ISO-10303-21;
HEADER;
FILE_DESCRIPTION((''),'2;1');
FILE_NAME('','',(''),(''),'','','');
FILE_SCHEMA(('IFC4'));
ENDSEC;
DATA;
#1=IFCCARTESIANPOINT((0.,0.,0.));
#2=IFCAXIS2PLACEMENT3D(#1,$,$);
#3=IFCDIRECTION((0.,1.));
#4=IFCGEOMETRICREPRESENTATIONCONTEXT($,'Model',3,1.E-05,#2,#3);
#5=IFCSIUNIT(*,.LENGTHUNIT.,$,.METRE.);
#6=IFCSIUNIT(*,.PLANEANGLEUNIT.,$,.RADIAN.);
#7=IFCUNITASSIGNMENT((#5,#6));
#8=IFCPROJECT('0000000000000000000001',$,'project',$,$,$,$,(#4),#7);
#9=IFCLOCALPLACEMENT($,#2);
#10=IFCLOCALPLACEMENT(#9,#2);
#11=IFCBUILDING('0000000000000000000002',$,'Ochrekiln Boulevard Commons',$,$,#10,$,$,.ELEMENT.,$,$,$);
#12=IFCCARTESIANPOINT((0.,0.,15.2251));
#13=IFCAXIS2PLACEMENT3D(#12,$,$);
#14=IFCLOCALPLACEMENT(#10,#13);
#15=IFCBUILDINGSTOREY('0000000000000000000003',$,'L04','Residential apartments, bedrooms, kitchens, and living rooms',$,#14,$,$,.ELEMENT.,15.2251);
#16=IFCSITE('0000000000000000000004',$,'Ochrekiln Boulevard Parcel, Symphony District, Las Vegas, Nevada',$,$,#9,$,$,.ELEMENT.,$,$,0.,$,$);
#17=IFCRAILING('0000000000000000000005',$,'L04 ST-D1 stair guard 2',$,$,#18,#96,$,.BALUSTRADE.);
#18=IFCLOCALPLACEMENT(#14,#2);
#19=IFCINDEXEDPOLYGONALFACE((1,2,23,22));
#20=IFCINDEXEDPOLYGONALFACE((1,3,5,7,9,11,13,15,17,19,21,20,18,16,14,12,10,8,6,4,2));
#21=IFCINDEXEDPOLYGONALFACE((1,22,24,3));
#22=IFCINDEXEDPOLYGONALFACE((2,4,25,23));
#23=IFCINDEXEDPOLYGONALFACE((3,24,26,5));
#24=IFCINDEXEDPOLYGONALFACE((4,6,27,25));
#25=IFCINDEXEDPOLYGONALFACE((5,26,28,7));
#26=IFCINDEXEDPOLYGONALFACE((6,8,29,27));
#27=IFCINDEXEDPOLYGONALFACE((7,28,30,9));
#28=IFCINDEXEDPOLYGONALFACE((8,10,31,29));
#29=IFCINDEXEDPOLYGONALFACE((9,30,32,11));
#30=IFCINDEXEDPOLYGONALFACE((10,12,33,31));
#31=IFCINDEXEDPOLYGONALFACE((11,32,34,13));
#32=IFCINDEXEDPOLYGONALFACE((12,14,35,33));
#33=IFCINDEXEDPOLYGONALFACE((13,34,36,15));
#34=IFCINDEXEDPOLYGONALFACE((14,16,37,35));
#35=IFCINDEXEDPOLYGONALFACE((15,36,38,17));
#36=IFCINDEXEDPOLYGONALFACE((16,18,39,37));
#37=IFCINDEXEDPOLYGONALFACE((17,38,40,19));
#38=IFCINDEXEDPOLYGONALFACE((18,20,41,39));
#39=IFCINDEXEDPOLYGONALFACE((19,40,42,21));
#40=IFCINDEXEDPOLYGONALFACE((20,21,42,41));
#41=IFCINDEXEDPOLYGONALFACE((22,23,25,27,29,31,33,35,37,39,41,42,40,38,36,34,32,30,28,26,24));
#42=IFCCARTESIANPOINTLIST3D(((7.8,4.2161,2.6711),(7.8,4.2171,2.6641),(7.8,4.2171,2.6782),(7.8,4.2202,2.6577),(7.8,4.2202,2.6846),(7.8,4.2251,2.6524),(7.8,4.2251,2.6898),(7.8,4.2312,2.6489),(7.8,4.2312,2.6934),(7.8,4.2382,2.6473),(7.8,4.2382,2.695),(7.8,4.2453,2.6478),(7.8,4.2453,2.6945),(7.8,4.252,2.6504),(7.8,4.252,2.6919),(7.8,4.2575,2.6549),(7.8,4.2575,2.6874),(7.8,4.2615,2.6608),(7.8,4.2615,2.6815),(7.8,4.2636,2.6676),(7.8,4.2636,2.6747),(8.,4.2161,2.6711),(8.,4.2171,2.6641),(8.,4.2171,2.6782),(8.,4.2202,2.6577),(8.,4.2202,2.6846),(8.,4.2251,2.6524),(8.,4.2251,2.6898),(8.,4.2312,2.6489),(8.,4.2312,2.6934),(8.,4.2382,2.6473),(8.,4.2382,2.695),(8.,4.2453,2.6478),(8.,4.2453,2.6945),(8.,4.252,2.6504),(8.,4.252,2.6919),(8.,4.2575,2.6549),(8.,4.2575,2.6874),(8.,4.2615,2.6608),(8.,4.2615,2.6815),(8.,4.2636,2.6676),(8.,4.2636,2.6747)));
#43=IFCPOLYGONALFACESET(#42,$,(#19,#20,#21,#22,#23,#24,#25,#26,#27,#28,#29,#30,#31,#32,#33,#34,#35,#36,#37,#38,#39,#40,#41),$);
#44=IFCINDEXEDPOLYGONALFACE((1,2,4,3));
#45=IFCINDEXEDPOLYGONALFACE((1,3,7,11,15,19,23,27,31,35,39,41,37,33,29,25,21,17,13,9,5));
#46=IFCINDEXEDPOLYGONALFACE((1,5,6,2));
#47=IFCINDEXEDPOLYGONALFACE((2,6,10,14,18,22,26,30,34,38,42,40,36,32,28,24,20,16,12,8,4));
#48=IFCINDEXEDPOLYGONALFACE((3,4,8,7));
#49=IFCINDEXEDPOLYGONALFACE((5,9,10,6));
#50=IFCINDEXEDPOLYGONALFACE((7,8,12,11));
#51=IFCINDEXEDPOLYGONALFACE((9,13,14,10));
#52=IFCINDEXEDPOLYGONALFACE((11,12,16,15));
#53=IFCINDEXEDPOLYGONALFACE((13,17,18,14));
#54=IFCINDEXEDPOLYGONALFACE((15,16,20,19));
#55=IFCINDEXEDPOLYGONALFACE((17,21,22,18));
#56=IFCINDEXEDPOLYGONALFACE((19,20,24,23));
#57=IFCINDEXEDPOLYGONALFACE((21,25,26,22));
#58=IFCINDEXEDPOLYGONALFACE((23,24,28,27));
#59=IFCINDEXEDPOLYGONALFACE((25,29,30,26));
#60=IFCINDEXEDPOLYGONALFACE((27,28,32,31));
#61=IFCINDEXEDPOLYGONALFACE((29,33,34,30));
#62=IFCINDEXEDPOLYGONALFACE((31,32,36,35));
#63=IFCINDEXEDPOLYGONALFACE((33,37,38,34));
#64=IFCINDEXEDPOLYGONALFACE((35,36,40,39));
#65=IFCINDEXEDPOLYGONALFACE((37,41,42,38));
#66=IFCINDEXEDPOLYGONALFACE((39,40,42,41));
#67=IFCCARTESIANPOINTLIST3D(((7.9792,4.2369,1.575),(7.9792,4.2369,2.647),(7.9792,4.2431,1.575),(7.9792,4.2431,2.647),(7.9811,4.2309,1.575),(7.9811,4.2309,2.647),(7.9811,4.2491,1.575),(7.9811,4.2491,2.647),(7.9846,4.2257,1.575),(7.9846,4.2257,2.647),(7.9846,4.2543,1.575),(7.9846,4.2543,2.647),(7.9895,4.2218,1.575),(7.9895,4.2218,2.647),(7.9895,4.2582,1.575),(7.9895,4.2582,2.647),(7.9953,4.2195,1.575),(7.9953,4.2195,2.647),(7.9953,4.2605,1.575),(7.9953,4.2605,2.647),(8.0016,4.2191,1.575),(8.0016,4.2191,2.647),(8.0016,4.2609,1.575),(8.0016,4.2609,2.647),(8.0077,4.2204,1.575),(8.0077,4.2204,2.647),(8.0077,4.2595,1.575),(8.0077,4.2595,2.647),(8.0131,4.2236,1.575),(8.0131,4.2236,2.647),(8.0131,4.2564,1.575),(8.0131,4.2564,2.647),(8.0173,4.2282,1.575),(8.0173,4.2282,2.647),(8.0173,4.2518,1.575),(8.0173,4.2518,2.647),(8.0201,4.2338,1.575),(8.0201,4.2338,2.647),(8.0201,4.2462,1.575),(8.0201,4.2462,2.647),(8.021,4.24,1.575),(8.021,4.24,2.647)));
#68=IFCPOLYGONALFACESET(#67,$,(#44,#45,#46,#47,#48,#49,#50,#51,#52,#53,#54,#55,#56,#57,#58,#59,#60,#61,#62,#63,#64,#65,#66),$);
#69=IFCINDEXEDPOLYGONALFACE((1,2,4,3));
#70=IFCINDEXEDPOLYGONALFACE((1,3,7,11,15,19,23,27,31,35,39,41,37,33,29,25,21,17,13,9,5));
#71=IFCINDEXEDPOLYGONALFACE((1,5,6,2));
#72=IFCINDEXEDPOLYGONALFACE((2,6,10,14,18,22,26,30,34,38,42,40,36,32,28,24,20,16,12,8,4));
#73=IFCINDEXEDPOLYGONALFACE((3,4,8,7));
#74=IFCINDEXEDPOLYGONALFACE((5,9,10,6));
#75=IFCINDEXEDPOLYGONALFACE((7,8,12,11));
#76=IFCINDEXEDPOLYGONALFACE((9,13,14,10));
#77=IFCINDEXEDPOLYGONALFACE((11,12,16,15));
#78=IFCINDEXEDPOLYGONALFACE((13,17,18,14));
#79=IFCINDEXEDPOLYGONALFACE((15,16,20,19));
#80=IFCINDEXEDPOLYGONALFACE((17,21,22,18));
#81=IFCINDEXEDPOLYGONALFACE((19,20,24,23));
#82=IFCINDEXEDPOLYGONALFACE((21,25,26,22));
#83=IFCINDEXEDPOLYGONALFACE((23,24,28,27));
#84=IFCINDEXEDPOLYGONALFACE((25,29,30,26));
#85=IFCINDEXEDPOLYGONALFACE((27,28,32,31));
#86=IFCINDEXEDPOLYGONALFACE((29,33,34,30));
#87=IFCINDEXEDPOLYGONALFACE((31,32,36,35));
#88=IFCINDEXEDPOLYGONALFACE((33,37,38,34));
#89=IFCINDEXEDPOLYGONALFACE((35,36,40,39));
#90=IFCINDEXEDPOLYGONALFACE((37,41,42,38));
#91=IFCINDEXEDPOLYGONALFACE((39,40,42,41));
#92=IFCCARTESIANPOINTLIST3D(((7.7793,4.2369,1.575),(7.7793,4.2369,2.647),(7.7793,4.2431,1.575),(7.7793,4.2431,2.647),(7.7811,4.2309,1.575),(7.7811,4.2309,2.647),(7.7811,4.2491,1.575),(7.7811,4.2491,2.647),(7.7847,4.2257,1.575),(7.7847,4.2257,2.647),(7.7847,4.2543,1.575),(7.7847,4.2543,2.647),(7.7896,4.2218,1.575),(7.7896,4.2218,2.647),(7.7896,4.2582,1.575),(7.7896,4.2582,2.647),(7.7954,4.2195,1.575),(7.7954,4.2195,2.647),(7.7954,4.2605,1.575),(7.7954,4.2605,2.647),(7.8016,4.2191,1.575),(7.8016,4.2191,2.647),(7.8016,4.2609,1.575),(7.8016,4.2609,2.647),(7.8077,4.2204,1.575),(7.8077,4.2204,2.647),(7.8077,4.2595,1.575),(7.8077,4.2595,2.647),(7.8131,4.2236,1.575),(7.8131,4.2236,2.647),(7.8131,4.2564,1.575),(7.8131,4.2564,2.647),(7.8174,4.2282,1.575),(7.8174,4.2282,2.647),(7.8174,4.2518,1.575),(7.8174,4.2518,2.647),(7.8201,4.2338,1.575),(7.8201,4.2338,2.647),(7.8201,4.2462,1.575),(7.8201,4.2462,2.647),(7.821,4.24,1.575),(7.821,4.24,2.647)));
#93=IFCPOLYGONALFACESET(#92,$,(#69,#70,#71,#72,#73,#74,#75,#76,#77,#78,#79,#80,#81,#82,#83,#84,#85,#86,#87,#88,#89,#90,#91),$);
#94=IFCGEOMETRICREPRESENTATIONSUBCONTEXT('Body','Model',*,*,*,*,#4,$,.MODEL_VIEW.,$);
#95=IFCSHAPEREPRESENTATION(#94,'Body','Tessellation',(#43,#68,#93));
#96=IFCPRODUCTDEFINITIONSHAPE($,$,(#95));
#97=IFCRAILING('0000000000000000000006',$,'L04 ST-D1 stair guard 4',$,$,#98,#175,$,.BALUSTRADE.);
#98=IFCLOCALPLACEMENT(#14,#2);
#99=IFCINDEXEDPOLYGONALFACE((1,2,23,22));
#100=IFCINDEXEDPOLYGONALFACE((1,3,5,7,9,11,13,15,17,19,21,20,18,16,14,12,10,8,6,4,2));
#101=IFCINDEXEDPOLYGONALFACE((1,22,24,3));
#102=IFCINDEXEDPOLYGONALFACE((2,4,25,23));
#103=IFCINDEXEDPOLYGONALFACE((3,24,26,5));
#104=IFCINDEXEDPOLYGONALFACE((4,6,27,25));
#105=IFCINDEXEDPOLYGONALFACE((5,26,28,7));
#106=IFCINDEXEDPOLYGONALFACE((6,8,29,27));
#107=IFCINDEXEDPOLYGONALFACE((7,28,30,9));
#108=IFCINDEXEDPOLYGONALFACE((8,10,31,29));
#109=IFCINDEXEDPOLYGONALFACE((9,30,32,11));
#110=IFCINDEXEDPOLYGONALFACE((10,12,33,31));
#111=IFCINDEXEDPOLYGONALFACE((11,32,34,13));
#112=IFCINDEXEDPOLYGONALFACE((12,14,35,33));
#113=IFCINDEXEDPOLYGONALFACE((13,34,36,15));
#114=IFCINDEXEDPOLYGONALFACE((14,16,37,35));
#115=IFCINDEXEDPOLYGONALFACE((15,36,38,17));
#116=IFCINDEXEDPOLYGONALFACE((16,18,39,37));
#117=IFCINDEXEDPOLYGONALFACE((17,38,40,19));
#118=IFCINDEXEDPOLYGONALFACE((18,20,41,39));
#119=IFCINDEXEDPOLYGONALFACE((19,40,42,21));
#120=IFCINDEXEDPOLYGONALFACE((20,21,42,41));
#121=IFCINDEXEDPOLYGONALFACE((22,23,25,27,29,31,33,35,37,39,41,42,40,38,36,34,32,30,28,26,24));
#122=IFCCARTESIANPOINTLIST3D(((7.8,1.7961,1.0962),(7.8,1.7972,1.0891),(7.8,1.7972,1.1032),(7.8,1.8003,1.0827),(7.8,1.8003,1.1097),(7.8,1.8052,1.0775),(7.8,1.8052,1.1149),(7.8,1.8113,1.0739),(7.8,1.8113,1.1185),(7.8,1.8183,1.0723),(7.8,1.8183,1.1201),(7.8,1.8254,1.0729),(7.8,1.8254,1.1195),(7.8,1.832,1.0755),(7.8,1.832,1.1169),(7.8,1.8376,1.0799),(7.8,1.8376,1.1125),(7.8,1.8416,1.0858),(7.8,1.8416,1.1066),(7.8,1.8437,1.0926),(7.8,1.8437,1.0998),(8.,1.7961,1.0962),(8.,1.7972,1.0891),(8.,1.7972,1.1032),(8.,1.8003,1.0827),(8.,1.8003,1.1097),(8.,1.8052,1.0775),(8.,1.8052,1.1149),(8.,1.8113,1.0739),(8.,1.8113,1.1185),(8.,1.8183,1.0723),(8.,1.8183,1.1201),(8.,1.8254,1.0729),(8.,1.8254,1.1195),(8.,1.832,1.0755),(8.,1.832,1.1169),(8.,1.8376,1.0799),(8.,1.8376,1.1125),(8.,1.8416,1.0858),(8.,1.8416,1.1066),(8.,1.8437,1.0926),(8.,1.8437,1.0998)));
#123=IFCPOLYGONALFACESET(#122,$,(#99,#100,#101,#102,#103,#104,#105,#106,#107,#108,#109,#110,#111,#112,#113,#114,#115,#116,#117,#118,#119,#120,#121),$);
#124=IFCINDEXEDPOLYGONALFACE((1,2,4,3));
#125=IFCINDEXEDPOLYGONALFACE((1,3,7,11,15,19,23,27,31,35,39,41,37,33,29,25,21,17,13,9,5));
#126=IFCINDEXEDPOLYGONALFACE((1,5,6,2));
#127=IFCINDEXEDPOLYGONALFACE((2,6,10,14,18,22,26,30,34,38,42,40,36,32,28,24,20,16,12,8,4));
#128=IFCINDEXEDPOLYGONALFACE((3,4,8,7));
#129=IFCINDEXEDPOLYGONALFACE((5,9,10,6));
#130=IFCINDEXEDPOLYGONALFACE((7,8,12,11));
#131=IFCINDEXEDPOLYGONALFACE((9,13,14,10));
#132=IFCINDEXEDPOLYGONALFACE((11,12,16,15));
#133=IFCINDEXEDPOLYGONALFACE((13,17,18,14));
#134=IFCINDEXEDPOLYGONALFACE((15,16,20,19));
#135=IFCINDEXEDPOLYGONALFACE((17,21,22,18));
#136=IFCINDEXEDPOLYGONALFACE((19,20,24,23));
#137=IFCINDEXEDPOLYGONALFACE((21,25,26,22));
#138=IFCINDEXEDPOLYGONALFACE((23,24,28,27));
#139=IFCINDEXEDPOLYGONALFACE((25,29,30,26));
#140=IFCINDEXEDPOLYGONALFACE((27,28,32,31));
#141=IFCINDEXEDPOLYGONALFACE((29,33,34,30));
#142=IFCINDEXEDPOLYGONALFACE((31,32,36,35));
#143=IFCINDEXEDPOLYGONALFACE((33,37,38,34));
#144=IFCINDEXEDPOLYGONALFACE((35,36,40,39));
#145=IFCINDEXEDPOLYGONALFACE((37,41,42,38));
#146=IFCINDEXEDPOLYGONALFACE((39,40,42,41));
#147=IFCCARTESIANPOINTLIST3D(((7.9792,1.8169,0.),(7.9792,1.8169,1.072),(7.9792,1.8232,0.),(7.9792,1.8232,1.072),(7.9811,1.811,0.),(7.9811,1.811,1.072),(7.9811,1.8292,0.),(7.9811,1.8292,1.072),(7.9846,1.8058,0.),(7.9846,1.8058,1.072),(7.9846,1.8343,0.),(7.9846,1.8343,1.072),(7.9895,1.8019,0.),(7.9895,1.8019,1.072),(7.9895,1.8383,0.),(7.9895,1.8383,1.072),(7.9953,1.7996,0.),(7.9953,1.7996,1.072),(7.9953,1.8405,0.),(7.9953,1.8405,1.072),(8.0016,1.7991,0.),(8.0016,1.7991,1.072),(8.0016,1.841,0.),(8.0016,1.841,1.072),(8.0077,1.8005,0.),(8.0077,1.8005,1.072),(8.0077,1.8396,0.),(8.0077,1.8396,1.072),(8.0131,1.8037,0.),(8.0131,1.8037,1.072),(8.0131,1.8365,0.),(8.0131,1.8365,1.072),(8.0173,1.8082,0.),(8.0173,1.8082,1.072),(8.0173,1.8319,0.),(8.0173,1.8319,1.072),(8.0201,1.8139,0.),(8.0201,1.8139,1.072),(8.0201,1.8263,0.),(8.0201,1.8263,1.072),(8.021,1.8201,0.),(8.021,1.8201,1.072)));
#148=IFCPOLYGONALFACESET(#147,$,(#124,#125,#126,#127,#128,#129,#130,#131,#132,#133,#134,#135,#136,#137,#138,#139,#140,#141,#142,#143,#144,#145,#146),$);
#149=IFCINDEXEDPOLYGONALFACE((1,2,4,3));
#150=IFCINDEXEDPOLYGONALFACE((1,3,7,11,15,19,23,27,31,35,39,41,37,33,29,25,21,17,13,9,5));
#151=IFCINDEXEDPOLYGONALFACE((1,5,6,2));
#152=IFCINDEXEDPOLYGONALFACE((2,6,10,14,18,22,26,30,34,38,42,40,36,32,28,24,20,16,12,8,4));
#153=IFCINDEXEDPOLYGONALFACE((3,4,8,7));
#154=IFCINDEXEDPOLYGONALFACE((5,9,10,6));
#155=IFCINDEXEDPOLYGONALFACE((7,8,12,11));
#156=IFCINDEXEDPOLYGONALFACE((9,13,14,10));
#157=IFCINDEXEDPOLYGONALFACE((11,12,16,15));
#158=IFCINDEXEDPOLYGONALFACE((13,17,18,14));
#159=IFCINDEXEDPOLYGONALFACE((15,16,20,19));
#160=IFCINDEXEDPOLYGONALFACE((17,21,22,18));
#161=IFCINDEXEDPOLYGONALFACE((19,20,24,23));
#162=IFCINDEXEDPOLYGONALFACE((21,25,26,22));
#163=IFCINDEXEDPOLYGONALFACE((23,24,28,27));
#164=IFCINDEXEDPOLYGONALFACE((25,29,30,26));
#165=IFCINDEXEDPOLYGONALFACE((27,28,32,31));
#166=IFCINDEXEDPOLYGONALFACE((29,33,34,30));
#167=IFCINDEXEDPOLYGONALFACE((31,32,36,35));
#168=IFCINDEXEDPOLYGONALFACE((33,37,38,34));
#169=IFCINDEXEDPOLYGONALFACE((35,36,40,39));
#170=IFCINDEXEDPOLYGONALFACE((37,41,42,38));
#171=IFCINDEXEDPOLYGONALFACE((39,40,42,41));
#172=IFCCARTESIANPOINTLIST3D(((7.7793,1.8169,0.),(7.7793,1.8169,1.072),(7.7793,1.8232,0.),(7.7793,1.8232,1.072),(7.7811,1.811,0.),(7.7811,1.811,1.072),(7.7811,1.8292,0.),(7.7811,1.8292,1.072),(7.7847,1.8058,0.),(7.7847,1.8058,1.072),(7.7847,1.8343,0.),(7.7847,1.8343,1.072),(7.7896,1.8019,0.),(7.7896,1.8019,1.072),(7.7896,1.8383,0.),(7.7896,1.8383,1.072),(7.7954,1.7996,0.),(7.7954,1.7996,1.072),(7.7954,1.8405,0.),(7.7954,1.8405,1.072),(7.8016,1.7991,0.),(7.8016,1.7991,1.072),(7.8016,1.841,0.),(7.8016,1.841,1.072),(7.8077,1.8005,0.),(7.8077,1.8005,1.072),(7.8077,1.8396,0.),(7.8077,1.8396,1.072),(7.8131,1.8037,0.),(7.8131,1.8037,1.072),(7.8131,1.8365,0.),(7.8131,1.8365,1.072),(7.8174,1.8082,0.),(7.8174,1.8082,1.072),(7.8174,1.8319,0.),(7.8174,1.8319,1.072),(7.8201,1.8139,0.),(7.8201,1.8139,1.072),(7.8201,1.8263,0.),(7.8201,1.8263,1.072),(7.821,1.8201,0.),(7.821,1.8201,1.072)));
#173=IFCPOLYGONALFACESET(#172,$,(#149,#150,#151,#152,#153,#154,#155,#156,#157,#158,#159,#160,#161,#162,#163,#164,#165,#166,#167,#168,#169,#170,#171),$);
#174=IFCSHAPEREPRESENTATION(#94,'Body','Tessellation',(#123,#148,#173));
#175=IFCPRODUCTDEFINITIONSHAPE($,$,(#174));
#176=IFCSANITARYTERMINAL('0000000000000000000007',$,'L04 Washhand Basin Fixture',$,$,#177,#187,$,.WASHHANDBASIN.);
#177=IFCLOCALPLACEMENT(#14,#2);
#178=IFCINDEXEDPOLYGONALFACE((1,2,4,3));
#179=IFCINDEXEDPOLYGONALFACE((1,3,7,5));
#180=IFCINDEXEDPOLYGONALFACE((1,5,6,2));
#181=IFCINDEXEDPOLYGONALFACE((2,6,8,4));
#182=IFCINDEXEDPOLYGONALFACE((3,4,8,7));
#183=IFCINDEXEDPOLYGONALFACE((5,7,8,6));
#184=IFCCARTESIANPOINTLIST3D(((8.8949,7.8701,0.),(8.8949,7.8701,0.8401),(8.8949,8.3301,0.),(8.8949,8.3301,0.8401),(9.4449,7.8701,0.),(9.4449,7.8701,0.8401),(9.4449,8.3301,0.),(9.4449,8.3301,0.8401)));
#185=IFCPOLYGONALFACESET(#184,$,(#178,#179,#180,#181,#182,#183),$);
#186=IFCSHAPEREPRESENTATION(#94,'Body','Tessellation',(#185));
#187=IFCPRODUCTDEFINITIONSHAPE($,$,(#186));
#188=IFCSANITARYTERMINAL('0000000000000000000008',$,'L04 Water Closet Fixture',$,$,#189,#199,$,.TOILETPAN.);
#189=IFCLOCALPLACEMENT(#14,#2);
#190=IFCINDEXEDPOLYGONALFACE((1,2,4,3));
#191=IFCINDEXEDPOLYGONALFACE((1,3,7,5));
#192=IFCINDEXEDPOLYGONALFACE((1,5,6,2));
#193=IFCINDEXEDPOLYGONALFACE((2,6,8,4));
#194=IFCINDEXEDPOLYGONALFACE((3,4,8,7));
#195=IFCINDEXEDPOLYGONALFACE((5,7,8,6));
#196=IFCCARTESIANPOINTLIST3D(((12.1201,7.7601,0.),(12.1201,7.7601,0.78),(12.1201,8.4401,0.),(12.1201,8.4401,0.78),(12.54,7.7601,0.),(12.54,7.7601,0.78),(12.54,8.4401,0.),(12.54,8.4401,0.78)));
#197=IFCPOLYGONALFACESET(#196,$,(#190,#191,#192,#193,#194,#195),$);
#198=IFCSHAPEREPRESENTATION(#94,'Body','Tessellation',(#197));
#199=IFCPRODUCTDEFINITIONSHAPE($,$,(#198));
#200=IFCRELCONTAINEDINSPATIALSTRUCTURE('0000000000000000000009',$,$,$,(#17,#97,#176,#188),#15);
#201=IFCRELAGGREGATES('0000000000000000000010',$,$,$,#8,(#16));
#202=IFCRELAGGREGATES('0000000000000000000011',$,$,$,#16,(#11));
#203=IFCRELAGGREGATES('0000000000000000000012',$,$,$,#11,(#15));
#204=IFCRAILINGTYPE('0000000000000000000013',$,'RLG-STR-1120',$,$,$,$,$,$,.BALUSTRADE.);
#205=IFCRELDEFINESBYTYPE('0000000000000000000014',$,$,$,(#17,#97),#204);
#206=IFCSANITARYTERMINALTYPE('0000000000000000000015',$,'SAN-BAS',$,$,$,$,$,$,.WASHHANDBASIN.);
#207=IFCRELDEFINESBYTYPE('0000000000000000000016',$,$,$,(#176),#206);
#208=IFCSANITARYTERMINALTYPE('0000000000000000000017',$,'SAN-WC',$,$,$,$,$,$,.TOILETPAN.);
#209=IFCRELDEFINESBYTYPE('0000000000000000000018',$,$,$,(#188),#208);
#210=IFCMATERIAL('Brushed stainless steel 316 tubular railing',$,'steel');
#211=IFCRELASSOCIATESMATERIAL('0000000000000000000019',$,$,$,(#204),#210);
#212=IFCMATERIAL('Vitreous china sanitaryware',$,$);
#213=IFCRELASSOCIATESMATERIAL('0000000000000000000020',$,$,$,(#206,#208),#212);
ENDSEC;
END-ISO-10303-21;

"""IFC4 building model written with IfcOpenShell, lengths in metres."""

from ifc_helpers import new_model, si_unit, direction, frame, origin, origin_2d, place, context, subcontext, project, spatial, rectangle, circle, extrude, material, type_object, element, save


model = new_model("IFC4")

# Units and contexts
model_context = context("Model", 3, precision=1e-05, world=origin(), true_north=direction((0.0, 1.0)))
body_context = subcontext(model_context, "Body", "Model", "MODEL_VIEW")
ifc_project = project(units=[si_unit("LENGTHUNIT", "METRE"), si_unit("PLANEANGLEUNIT", "RADIAN")], contexts=[model_context])

# Site, building, storey
site_placement = place(None, origin())
site = spatial("IfcSite", under=ifc_project, at=site_placement, Name="Ochrekiln Boulevard Parcel, Symphony District, Las Vegas, Nevada", CompositionType="ELEMENT", RefElevation=0.0)
building_placement = place(site_placement, origin())
building = spatial("IfcBuilding", under=site, at=building_placement, Name="Ochrekiln Boulevard Commons", CompositionType="ELEMENT")
storey_placement = place(building_placement, frame((0.0, 0.0, 15.2251)))
storey = spatial("IfcBuildingStorey", under=building, at=storey_placement, Name="L04", Description="Residential apartments, bedrooms, kitchens, and living rooms", CompositionType="ELEMENT", Elevation=15.2251)

# Railings
ifc_material_1 = material(Name="Brushed stainless steel 316 tubular railing", Category="steel")
railing_type_1 = type_object("IfcRailingType", Name="RLG-STR-1120", PredefinedType="BALUSTRADE", material=ifc_material_1)
for number, where, name in (
    (1, (8.0, 4.24, 1.575), "L04 ST-D1 stair guard 2"),
    (2, (8.0, 1.8201, 0.0), "L04 ST-D1 stair guard 4"),
):
    element("IfcRailing", number, at=place(storey_placement, frame(where)), inside=storey, type_object=railing_type_1, Name=name, PredefinedType="BALUSTRADE", context=body_context, shape_type="SweptSolid", body=[
        extrude(circle(Radius=0.0239, at=origin_2d()), frame((0.0, 0.0, 1.0962), z_axis=(-1.0, 0.0, 0.0), x_axis=(0.0, -1.0, 0.0)), (0.0, 0.0, 1.0), 0.2),
        extrude(circle(Radius=0.021, at=origin_2d()), origin(), (0.0, 0.0, 1.0), 1.072),
        extrude(circle(Radius=0.021, at=origin_2d()), frame((-0.2, 0.0, 0.0)), (0.0, 0.0, 1.0), 1.072),
    ])

# Sanitary terminals
ifc_material_2 = material(Name="Vitreous china sanitaryware")
sanitary_terminal_type_1 = type_object("IfcSanitaryTerminalType", Name="SAN-BAS", PredefinedType="WASHHANDBASIN", material=ifc_material_2)
sanitary_terminal_1_placement = place(storey_placement, frame((9.1699, 8.1001, 0.0), z_axis=(0.0, 0.0, 1.0), x_axis=(1.0, 0.0, 0.0)))
element("IfcSanitaryTerminal", 3, at=sanitary_terminal_1_placement, inside=storey, type_object=sanitary_terminal_type_1, Name="L04 Washhand Basin Fixture", PredefinedType="WASHHANDBASIN", context=body_context, shape_type="SweptSolid", body=[
    extrude(rectangle(XDim=0.55, YDim=0.46, at=origin_2d()), origin(), (0.0, 0.0, 1.0), 0.8401),
])
sanitary_terminal_type_2 = type_object("IfcSanitaryTerminalType", Name="SAN-WC", PredefinedType="TOILETPAN", material=ifc_material_2)
sanitary_terminal_2_placement = place(storey_placement, frame((12.3301, 8.1001, 0.0), z_axis=(0.0, 0.0, 1.0), x_axis=(1.0, 0.0, 0.0)))
element("IfcSanitaryTerminal", 4, at=sanitary_terminal_2_placement, inside=storey, type_object=sanitary_terminal_type_2, Name="L04 Water Closet Fixture", PredefinedType="TOILETPAN", context=body_context, shape_type="SweptSolid", body=[
    extrude(rectangle(XDim=0.4199, YDim=0.6799, at=origin_2d()), origin(), (0.0, 0.0, 1.0), 0.78),
])

save(model, "model.ifc")
